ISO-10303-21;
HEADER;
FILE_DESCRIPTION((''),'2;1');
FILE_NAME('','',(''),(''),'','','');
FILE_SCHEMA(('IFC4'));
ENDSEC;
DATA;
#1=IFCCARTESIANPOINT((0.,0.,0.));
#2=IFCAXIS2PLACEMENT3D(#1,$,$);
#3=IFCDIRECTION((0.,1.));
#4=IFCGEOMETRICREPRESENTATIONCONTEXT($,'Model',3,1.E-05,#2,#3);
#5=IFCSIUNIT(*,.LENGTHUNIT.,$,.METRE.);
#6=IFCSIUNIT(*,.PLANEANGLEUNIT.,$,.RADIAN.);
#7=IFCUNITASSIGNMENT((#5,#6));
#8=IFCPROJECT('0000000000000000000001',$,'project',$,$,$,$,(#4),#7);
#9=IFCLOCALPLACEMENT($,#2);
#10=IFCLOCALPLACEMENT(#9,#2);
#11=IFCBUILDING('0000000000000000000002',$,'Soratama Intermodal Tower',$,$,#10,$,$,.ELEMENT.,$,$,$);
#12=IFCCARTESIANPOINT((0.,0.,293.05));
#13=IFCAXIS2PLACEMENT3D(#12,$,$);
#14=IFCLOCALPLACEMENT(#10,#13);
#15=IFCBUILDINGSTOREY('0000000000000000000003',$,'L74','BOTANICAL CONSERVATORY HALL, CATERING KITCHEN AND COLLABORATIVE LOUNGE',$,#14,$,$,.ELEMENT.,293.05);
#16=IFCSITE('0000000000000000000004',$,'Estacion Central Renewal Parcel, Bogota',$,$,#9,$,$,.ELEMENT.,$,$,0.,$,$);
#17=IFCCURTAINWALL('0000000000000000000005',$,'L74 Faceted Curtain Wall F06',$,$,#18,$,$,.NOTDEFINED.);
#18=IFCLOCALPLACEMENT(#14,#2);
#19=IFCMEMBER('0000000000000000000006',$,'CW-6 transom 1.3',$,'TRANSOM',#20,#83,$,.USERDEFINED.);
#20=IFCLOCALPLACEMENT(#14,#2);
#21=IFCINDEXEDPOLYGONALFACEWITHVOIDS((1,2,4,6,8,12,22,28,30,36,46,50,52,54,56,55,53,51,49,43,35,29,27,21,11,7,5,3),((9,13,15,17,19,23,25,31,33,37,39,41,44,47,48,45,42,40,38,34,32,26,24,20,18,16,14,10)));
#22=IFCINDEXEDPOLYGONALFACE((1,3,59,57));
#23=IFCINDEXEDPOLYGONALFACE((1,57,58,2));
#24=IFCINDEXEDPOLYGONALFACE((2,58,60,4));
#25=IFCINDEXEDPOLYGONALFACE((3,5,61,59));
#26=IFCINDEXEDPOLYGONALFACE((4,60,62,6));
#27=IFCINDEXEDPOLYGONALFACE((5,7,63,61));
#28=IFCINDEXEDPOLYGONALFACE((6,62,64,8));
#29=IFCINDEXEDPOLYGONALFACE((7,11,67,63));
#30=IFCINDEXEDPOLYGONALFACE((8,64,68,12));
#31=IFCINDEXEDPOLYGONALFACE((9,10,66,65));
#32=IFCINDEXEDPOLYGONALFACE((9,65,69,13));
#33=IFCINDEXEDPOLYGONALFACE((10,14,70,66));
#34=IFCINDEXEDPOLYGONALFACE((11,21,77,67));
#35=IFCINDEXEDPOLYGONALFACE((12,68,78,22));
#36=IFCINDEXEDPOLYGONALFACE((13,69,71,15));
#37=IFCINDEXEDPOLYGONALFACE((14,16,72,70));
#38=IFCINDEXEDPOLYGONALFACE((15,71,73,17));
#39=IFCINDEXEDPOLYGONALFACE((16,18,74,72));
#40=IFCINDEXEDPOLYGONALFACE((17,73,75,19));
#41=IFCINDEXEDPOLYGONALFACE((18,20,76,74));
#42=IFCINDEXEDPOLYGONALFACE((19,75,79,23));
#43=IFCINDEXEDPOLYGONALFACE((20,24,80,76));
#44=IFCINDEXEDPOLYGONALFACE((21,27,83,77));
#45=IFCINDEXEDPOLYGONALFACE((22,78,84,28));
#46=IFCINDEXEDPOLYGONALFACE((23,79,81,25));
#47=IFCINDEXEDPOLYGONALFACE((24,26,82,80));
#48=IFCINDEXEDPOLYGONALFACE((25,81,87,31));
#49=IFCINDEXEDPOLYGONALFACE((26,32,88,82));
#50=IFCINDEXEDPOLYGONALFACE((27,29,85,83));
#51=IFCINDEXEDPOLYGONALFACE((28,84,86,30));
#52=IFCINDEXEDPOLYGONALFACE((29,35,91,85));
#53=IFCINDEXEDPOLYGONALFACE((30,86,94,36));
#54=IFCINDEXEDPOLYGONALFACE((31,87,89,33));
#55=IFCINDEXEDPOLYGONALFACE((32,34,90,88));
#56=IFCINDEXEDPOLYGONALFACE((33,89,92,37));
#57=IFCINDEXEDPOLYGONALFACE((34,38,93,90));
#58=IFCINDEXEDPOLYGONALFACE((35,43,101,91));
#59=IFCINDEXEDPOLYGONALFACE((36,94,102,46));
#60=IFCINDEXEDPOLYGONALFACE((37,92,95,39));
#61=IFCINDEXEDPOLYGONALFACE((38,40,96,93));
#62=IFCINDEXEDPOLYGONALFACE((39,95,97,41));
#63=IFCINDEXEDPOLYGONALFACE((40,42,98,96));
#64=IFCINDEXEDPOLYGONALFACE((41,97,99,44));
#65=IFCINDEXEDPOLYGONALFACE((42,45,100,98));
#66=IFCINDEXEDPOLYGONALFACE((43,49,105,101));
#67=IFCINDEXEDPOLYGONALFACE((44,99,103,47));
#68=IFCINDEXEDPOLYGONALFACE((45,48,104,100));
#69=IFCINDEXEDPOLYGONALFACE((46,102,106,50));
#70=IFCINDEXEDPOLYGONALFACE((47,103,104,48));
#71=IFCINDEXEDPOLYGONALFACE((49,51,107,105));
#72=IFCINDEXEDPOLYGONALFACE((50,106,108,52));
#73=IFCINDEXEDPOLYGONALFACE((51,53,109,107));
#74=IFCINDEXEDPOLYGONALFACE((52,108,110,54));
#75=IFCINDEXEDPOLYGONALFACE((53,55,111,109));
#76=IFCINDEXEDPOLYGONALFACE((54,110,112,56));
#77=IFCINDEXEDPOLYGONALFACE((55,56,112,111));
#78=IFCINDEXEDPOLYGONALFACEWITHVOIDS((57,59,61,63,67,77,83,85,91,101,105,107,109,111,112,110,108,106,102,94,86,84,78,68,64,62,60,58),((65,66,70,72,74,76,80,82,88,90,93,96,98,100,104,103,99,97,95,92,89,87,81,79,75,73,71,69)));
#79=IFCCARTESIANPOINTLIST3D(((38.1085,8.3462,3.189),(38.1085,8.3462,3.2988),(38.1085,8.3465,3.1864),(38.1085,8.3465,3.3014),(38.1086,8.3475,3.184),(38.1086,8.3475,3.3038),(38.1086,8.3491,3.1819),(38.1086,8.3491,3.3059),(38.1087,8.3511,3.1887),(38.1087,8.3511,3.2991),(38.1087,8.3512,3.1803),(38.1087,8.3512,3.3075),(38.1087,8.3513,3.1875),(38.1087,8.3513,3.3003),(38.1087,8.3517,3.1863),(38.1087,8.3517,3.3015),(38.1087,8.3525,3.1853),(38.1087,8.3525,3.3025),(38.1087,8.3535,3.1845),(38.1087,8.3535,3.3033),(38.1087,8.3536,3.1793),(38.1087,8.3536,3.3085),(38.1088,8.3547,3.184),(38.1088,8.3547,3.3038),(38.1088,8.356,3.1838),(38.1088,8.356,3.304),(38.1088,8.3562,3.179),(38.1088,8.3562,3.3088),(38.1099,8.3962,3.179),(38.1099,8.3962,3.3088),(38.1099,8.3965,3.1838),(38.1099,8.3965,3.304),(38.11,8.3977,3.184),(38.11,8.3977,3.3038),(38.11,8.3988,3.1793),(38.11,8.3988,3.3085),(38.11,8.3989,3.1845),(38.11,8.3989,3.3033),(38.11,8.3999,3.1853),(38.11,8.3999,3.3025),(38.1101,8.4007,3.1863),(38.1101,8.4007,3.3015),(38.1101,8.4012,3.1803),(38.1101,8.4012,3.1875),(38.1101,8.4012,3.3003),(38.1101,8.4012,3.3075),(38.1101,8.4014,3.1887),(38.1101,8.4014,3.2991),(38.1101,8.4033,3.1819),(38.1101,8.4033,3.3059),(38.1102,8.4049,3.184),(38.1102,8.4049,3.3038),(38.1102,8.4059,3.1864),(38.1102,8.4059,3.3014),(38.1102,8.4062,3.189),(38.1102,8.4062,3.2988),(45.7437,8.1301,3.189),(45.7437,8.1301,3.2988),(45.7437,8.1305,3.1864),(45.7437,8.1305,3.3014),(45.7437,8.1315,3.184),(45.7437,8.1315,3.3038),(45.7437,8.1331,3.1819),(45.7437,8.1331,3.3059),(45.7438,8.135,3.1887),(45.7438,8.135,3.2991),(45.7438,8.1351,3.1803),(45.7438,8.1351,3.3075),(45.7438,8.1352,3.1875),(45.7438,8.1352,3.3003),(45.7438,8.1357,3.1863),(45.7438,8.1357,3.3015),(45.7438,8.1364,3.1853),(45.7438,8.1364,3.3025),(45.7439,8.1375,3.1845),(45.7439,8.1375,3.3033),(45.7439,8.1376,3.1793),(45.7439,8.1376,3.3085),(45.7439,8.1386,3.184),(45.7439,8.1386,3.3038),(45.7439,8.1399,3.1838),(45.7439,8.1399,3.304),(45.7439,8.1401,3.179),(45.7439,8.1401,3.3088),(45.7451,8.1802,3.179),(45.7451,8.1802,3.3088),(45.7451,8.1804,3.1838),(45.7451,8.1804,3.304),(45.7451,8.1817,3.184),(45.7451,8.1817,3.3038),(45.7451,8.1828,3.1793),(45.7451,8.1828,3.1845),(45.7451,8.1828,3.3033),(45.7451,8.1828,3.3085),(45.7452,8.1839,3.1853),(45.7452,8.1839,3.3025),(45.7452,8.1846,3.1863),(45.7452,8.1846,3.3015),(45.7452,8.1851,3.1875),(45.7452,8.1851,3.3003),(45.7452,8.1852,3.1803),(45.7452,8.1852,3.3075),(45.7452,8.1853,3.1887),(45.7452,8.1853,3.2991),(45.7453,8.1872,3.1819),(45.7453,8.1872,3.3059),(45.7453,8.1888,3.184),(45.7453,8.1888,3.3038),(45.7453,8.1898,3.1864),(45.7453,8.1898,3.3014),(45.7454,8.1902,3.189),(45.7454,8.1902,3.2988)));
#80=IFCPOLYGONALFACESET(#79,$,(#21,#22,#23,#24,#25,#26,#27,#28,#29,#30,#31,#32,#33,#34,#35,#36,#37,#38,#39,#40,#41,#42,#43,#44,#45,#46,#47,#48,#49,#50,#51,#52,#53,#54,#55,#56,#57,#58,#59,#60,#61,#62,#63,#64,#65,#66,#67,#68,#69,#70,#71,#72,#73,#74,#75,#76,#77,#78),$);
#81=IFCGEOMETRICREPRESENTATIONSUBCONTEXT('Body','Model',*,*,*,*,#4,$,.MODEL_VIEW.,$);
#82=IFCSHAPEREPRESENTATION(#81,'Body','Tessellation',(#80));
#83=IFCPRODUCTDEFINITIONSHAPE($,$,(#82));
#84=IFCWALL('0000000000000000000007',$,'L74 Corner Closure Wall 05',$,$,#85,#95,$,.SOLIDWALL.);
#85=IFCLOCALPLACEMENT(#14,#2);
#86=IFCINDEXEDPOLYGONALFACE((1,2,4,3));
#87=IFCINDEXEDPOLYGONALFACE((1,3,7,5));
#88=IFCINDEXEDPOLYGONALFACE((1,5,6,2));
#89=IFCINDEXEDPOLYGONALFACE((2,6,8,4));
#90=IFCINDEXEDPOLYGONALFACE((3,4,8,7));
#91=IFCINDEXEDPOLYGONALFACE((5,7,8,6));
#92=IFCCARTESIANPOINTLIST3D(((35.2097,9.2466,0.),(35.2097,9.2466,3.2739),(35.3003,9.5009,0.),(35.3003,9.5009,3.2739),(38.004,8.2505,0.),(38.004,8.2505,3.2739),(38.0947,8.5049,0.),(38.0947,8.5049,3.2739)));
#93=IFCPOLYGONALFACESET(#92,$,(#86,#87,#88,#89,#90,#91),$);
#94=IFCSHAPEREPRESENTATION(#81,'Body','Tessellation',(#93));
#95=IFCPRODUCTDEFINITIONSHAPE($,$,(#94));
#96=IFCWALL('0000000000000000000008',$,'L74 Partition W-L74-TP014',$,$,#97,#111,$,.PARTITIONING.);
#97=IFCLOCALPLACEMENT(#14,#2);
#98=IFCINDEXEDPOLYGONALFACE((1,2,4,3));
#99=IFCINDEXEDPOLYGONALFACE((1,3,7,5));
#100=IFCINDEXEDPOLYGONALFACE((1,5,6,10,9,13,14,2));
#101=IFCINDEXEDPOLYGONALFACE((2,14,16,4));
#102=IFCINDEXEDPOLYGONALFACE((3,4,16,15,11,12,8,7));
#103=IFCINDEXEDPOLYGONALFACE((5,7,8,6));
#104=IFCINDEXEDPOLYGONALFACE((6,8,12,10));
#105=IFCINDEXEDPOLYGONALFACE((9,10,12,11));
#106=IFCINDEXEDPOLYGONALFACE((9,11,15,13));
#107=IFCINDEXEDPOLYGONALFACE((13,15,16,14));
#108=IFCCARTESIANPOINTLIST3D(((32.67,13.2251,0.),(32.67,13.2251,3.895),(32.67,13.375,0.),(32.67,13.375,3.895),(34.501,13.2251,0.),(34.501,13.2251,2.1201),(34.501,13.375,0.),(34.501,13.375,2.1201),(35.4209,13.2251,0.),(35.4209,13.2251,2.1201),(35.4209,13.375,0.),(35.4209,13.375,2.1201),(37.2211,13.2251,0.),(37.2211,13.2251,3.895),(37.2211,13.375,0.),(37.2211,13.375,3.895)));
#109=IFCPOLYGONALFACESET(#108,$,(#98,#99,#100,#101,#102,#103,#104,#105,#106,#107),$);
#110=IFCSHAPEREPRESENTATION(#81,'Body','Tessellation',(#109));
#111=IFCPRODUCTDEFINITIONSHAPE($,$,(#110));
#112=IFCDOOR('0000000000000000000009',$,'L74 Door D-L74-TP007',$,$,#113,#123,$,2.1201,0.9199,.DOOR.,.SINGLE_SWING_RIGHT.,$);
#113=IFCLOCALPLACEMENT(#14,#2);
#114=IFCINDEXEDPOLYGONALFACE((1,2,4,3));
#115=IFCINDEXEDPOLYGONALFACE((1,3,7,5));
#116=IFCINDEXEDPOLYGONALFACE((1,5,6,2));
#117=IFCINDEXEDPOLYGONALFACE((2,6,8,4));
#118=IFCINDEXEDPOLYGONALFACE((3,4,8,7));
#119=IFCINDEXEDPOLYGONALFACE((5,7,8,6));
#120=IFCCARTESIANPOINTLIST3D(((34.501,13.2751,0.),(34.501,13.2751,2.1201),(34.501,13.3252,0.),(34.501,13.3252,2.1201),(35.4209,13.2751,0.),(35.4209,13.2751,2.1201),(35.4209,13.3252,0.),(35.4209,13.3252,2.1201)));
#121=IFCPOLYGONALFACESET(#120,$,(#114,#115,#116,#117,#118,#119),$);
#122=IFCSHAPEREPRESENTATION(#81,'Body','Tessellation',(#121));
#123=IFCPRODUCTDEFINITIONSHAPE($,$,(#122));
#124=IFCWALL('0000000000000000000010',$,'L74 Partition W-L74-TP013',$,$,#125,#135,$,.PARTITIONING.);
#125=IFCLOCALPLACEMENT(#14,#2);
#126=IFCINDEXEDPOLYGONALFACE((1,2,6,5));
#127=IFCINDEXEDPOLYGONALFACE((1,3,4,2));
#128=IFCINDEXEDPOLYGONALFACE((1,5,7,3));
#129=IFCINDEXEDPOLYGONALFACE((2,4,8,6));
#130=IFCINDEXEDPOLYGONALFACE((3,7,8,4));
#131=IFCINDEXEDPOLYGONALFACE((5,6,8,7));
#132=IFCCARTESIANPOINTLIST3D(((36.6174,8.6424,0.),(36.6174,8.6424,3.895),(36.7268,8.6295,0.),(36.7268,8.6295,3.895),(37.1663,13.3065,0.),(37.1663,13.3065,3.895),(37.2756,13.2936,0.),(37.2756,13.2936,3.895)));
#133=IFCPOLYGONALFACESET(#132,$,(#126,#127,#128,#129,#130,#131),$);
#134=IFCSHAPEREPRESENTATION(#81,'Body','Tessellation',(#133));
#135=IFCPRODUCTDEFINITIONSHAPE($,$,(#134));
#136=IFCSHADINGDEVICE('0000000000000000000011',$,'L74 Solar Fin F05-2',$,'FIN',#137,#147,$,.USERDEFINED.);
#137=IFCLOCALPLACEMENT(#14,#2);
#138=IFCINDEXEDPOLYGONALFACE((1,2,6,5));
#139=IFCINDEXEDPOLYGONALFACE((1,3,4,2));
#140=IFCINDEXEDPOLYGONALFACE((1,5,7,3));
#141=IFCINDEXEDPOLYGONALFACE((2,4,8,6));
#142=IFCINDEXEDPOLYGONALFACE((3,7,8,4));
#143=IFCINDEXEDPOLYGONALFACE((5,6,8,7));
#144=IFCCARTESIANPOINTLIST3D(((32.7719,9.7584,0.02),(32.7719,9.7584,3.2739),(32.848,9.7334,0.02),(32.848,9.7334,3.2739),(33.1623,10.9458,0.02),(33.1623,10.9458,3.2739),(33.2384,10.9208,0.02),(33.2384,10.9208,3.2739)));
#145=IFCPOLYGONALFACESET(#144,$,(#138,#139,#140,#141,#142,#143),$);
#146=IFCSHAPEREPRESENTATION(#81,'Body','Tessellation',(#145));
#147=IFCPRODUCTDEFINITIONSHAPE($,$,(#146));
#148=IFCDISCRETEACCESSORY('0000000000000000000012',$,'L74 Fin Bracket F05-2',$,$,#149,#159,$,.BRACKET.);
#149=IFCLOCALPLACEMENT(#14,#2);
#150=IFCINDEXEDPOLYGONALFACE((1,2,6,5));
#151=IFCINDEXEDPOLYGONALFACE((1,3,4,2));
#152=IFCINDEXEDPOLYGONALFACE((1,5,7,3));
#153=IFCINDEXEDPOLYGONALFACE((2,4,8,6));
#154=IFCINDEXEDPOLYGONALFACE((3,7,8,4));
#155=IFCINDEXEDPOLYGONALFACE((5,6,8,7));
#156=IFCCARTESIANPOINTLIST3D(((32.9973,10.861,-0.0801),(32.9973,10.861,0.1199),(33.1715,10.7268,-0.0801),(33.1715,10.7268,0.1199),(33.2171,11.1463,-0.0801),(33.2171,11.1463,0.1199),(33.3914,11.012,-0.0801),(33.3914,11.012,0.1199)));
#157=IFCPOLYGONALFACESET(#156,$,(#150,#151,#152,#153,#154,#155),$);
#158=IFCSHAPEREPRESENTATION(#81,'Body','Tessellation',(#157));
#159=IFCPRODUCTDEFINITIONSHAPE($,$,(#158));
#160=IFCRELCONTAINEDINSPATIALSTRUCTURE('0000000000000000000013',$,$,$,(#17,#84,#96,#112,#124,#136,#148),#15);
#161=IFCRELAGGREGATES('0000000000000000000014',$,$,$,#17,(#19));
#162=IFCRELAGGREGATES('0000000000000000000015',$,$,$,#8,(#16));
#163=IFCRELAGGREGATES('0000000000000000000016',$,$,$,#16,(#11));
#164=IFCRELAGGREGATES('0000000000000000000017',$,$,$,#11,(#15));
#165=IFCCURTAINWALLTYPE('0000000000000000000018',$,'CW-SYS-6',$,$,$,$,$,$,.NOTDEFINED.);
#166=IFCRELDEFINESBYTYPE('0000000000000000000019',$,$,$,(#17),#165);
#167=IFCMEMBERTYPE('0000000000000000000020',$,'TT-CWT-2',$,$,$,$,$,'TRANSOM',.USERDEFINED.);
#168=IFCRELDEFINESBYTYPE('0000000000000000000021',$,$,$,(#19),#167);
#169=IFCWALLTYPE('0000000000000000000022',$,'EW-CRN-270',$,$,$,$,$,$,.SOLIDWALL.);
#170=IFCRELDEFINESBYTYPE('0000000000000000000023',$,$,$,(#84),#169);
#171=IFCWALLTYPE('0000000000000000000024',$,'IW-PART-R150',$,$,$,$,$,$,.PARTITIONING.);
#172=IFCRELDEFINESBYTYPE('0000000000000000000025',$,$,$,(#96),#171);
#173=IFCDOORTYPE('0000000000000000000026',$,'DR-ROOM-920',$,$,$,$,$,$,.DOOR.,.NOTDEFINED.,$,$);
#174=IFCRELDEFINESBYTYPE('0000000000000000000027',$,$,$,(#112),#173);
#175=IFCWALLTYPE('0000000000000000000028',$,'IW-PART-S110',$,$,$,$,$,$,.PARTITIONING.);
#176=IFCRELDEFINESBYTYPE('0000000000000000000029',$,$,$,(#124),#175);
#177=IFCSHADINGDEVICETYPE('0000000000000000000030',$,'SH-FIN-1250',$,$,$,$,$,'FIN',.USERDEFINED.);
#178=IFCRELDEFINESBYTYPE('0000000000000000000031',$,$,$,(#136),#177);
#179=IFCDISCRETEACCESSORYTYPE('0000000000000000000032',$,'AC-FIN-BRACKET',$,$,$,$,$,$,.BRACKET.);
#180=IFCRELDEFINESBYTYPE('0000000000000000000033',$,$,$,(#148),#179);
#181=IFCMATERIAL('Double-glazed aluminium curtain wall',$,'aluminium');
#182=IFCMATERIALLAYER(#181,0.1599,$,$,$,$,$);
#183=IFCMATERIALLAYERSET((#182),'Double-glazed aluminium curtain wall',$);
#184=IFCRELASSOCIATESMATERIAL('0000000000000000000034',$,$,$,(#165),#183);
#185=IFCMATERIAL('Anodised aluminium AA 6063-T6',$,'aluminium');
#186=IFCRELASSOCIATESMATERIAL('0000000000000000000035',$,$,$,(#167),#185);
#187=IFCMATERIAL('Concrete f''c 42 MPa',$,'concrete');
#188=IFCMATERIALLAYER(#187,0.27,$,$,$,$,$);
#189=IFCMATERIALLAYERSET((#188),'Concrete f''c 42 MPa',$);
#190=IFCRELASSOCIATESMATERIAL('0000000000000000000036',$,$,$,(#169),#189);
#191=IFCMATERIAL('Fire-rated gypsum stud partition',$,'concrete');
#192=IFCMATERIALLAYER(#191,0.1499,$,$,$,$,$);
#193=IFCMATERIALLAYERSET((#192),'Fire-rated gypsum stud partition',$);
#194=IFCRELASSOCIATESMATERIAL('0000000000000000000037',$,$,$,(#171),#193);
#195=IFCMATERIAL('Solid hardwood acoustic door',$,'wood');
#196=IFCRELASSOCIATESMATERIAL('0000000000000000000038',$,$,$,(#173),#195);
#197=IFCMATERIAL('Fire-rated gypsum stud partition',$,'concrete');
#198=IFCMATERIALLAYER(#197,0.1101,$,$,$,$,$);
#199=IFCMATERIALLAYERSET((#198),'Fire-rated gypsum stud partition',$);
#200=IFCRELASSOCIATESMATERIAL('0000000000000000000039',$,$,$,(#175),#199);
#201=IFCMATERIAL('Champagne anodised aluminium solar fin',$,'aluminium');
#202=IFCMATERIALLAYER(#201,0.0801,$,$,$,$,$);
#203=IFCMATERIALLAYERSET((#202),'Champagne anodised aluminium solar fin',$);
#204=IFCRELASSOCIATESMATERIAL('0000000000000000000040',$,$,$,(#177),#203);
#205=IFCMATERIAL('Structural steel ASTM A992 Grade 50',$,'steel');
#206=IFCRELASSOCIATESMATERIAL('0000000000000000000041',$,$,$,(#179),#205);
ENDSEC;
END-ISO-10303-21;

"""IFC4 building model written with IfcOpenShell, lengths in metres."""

from ifc_helpers import new_model, si_unit, direction, frame, frame_2d, origin, origin_2d, place, context, subcontext, project, spatial, rectangle, hollow_rectangle, extrude, material, layer, layer_set, material_profile, profile_set, type_object, element, fill, aggregate, save


model = new_model("IFC4")

# Units and contexts
model_context = context("Model", 3, precision=1e-05, world=origin(), true_north=direction((0.0, 1.0)))
body_context = subcontext(model_context, "Body", "Model", "MODEL_VIEW")
ifc_project = project(units=[si_unit("LENGTHUNIT", "METRE"), si_unit("PLANEANGLEUNIT", "RADIAN")], contexts=[model_context])

# Site, building, storey
site_placement = place(None, origin())
site = spatial("IfcSite", under=ifc_project, at=site_placement, Name="Estacion Central Renewal Parcel, Bogota", CompositionType="ELEMENT", RefElevation=0.0)
building_placement = place(site_placement, origin())
building = spatial("IfcBuilding", under=site, at=building_placement, Name="Soratama Intermodal Tower", CompositionType="ELEMENT")
storey_placement = place(building_placement, frame((0.0, 0.0, 293.05)))
storey = spatial("IfcBuildingStorey", under=building, at=storey_placement, Name="L74", Description="BOTANICAL CONSERVATORY HALL, CATERING KITCHEN AND COLLABORATIVE LOUNGE", CompositionType="ELEMENT", Elevation=293.05)

# Shared definitions
ifc_material_1 = material(Name="Double-glazed aluminium curtain wall", Category="aluminium")
ifc_layer_1 = layer(ifc_material_1, 0.1599)
ifc_layer_set_1 = layer_set([ifc_layer_1], Name="Double-glazed aluminium curtain wall")
curtain_wall_type = type_object("IfcCurtainWallType", Name="CW-SYS-6", PredefinedType="NOTDEFINED", material=ifc_layer_set_1)

# Curtain wall, member
curtain_wall_1_placement = place(storey_placement, origin())
curtain_wall_1 = element("IfcCurtainWall", 1, at=curtain_wall_1_placement, inside=storey, type_object=curtain_wall_type, Name="L74 Faceted Curtain Wall F06", PredefinedType="NOTDEFINED")
ifc_material_2 = material(Name="Anodised aluminium AA 6063-T6", Category="aluminium")
ifc_material_profile_1 = material_profile(ifc_material_2, hollow_rectangle(XDim=0.0601, YDim=0.1299, WallThickness=0.0049, InnerFilletRadius=0.0049, OuterFilletRadius=0.01, at=origin_2d()), Name="CWT130X60X5")
ifc_profile_set_1 = profile_set([ifc_material_profile_1], Name="Anodised aluminium AA 6063-T6")
member_type_1 = type_object("IfcMemberType", Name="TT-CWT-2", ElementType="TRANSOM", PredefinedType="USERDEFINED", material=ifc_profile_set_1)
member_1_placement = place(storey_placement, frame((38.1094, 8.3762, 3.2439), z_axis=(0.9996, -0.028288, 0.0), x_axis=(0.028288, 0.9996, 0.0)))
member_1 = element("IfcMember", 2, at=member_1_placement, type_object=member_type_1, Name="CW-6 transom 1.3", ObjectType="TRANSOM", PredefinedType="USERDEFINED", context=body_context, shape_type="SweptSolid", body=[
    extrude(hollow_rectangle(XDim=0.0601, YDim=0.1299, WallThickness=0.0049, InnerFilletRadius=0.0049, OuterFilletRadius=0.01, at=origin_2d()), origin(), (0.0, 0.0, 1.0), 7.6382),
])
aggregate(curtain_wall_1, [member_1])

# Wall
ifc_material_3 = material(Name="Concrete f'c 42 MPa", Category="concrete")
ifc_layer_2 = layer(ifc_material_3, 0.27)
ifc_layer_set_2 = layer_set([ifc_layer_2], Name="Concrete f'c 42 MPa")
wall_type_1 = type_object("IfcWallType", Name="EW-CRN-270", PredefinedType="SOLIDWALL", material=ifc_layer_set_2)
wall_1_placement = place(storey_placement, frame((35.2549, 9.3738, 0.0), z_axis=(0.0, 0.0, 1.0), x_axis=(0.941947, -0.335763, 0.0)))
element("IfcWall", 3, at=wall_1_placement, inside=storey, type_object=wall_type_1, Name="L74 Corner Closure Wall 05", PredefinedType="SOLIDWALL", context=body_context, shape_type="SweptSolid", body=[
    extrude(rectangle(XDim=2.9666, YDim=0.27, at=frame_2d((1.4834, 0.0))), origin(), (0.0, 0.0, 1.0), 3.2739),
])

# Wall, opening, door
ifc_material_4 = material(Name="Fire-rated gypsum stud partition", Category="concrete")
ifc_layer_3 = layer(ifc_material_4, 0.1499)
ifc_layer_set_3 = layer_set([ifc_layer_3], Name="Fire-rated gypsum stud partition")
wall_type_2 = type_object("IfcWallType", Name="IW-PART-R150", PredefinedType="PARTITIONING", material=ifc_layer_set_3)
wall_2_placement = place(storey_placement, frame((37.2209, 13.3, 0.0), z_axis=(0.0, 0.0, 1.0), x_axis=(-1.0, 0.0, 0.0)))
wall_2 = element("IfcWall", 4, at=wall_2_placement, inside=storey, type_object=wall_type_2, Name="L74 Partition W-L74-TP014", PredefinedType="PARTITIONING", context=body_context, shape_type="SweptSolid", body=[
    extrude(rectangle(XDim=4.551, YDim=0.1499, at=frame_2d((2.2754, 0.0))), origin(), (0.0, 0.0, 1.0), 3.895),
])
opening_placement = place(wall_2_placement, frame((1.8, 0.0, 0.0)))
opening = element("IfcOpeningElement", 5, at=opening_placement, cuts=wall_2, PredefinedType="OPENING", context=body_context, shape_type="SweptSolid", body=[
    extrude(rectangle(XDim=0.9199, YDim=2.1201, at=frame_2d((0.46, 1.0601))), frame((0.0, 0.085, 0.0), z_axis=(0.0, -1.0, 0.0), x_axis=(1.0, 0.0, 0.0)), (0.0, 0.0, 1.0), 0.1699),
])
ifc_material_5 = material(Name="Solid hardwood acoustic door", Category="wood")
door_type = type_object("IfcDoorType", Name="DR-ROOM-920", OperationType="NOTDEFINED", PredefinedType="DOOR", material=ifc_material_5)
door_placement = place(opening_placement, origin())
door = element("IfcDoor", 6, at=door_placement, inside=storey, type_object=door_type, Name="L74 Door D-L74-TP007", OperationType="SINGLE_SWING_RIGHT", OverallHeight=2.1201, OverallWidth=0.9199, PredefinedType="DOOR", context=body_context, shape_type="SweptSolid", body=[
    extrude(rectangle(XDim=0.9199, YDim=2.1201, at=frame_2d((0.46, 1.0601))), frame((0.0, 0.0249, 0.0), z_axis=(0.0, -1.0, 0.0), x_axis=(1.0, 0.0, 0.0)), (0.0, 0.0, 1.0), 0.05),
])
fill(opening, door)

# Wall
ifc_material_6 = material(Name="Fire-rated gypsum stud partition", Category="concrete")
ifc_layer_4 = layer(ifc_material_6, 0.1101)
ifc_layer_set_4 = layer_set([ifc_layer_4], Name="Fire-rated gypsum stud partition")
wall_type_3 = type_object("IfcWallType", Name="IW-PART-S110", PredefinedType="PARTITIONING", material=ifc_layer_set_4)
wall_3_placement = place(storey_placement, frame((37.2209, 13.3, 0.0), z_axis=(0.0, 0.0, 1.0), x_axis=(-0.116865, -0.993148, 0.0)))
element("IfcWall", 7, at=wall_3_placement, inside=storey, type_object=wall_type_3, Name="L74 Partition W-L74-TP013", PredefinedType="PARTITIONING", context=body_context, shape_type="SweptSolid", body=[
    extrude(rectangle(XDim=4.6963, YDim=0.1101, at=frame_2d((2.3481, 0.0))), origin(), (0.0, 0.0, 1.0), 3.895),
])

# Shading device
ifc_material_7 = material(Name="Champagne anodised aluminium solar fin", Category="aluminium")
ifc_layer_5 = layer(ifc_material_7, 0.0801)
ifc_layer_set_5 = layer_set([ifc_layer_5], Name="Champagne anodised aluminium solar fin")
shading_device_type = type_object("IfcShadingDeviceType", Name="SH-FIN-1250", ElementType="FIN", PredefinedType="USERDEFINED", material=ifc_layer_set_5)
shading_device_placement = place(storey_placement, frame((33.0051, 10.3396, 0.02), z_axis=(0.0, 0.0, 1.0), x_axis=(-0.312335, -0.949972, 0.0)))
element("IfcShadingDevice", 8, at=shading_device_placement, inside=storey, type_object=shading_device_type, Name="L74 Solar Fin F05-2", ObjectType="FIN", PredefinedType="USERDEFINED", context=body_context, shape_type="SweptSolid", body=[
    extrude(rectangle(XDim=1.25, YDim=0.0801, at=origin_2d()), origin(), (0.0, 0.0, 1.0), 3.2539),
])

# Discrete accessory
ifc_material_8 = material(Name="Structural steel ASTM A992 Grade 50", Category="steel")
discrete_accessory_type = type_object("IfcDiscreteAccessoryType", Name="AC-FIN-BRACKET", PredefinedType="BRACKET", material=ifc_material_8)
discrete_accessory_placement = place(storey_placement, frame((33.1943, 10.9365, -0.0801), z_axis=(0.0, 0.0, 1.0), x_axis=(-0.610422, -0.792077, 0.0)))
element("IfcDiscreteAccessory", 9, at=discrete_accessory_placement, inside=storey, type_object=discrete_accessory_type, Name="L74 Fin Bracket F05-2", PredefinedType="BRACKET", context=body_context, shape_type="SweptSolid", body=[
    extrude(rectangle(XDim=0.3601, YDim=0.22, at=origin_2d()), origin(), (0.0, 0.0, 1.0), 0.2),
])

save(model, "model.ifc")
